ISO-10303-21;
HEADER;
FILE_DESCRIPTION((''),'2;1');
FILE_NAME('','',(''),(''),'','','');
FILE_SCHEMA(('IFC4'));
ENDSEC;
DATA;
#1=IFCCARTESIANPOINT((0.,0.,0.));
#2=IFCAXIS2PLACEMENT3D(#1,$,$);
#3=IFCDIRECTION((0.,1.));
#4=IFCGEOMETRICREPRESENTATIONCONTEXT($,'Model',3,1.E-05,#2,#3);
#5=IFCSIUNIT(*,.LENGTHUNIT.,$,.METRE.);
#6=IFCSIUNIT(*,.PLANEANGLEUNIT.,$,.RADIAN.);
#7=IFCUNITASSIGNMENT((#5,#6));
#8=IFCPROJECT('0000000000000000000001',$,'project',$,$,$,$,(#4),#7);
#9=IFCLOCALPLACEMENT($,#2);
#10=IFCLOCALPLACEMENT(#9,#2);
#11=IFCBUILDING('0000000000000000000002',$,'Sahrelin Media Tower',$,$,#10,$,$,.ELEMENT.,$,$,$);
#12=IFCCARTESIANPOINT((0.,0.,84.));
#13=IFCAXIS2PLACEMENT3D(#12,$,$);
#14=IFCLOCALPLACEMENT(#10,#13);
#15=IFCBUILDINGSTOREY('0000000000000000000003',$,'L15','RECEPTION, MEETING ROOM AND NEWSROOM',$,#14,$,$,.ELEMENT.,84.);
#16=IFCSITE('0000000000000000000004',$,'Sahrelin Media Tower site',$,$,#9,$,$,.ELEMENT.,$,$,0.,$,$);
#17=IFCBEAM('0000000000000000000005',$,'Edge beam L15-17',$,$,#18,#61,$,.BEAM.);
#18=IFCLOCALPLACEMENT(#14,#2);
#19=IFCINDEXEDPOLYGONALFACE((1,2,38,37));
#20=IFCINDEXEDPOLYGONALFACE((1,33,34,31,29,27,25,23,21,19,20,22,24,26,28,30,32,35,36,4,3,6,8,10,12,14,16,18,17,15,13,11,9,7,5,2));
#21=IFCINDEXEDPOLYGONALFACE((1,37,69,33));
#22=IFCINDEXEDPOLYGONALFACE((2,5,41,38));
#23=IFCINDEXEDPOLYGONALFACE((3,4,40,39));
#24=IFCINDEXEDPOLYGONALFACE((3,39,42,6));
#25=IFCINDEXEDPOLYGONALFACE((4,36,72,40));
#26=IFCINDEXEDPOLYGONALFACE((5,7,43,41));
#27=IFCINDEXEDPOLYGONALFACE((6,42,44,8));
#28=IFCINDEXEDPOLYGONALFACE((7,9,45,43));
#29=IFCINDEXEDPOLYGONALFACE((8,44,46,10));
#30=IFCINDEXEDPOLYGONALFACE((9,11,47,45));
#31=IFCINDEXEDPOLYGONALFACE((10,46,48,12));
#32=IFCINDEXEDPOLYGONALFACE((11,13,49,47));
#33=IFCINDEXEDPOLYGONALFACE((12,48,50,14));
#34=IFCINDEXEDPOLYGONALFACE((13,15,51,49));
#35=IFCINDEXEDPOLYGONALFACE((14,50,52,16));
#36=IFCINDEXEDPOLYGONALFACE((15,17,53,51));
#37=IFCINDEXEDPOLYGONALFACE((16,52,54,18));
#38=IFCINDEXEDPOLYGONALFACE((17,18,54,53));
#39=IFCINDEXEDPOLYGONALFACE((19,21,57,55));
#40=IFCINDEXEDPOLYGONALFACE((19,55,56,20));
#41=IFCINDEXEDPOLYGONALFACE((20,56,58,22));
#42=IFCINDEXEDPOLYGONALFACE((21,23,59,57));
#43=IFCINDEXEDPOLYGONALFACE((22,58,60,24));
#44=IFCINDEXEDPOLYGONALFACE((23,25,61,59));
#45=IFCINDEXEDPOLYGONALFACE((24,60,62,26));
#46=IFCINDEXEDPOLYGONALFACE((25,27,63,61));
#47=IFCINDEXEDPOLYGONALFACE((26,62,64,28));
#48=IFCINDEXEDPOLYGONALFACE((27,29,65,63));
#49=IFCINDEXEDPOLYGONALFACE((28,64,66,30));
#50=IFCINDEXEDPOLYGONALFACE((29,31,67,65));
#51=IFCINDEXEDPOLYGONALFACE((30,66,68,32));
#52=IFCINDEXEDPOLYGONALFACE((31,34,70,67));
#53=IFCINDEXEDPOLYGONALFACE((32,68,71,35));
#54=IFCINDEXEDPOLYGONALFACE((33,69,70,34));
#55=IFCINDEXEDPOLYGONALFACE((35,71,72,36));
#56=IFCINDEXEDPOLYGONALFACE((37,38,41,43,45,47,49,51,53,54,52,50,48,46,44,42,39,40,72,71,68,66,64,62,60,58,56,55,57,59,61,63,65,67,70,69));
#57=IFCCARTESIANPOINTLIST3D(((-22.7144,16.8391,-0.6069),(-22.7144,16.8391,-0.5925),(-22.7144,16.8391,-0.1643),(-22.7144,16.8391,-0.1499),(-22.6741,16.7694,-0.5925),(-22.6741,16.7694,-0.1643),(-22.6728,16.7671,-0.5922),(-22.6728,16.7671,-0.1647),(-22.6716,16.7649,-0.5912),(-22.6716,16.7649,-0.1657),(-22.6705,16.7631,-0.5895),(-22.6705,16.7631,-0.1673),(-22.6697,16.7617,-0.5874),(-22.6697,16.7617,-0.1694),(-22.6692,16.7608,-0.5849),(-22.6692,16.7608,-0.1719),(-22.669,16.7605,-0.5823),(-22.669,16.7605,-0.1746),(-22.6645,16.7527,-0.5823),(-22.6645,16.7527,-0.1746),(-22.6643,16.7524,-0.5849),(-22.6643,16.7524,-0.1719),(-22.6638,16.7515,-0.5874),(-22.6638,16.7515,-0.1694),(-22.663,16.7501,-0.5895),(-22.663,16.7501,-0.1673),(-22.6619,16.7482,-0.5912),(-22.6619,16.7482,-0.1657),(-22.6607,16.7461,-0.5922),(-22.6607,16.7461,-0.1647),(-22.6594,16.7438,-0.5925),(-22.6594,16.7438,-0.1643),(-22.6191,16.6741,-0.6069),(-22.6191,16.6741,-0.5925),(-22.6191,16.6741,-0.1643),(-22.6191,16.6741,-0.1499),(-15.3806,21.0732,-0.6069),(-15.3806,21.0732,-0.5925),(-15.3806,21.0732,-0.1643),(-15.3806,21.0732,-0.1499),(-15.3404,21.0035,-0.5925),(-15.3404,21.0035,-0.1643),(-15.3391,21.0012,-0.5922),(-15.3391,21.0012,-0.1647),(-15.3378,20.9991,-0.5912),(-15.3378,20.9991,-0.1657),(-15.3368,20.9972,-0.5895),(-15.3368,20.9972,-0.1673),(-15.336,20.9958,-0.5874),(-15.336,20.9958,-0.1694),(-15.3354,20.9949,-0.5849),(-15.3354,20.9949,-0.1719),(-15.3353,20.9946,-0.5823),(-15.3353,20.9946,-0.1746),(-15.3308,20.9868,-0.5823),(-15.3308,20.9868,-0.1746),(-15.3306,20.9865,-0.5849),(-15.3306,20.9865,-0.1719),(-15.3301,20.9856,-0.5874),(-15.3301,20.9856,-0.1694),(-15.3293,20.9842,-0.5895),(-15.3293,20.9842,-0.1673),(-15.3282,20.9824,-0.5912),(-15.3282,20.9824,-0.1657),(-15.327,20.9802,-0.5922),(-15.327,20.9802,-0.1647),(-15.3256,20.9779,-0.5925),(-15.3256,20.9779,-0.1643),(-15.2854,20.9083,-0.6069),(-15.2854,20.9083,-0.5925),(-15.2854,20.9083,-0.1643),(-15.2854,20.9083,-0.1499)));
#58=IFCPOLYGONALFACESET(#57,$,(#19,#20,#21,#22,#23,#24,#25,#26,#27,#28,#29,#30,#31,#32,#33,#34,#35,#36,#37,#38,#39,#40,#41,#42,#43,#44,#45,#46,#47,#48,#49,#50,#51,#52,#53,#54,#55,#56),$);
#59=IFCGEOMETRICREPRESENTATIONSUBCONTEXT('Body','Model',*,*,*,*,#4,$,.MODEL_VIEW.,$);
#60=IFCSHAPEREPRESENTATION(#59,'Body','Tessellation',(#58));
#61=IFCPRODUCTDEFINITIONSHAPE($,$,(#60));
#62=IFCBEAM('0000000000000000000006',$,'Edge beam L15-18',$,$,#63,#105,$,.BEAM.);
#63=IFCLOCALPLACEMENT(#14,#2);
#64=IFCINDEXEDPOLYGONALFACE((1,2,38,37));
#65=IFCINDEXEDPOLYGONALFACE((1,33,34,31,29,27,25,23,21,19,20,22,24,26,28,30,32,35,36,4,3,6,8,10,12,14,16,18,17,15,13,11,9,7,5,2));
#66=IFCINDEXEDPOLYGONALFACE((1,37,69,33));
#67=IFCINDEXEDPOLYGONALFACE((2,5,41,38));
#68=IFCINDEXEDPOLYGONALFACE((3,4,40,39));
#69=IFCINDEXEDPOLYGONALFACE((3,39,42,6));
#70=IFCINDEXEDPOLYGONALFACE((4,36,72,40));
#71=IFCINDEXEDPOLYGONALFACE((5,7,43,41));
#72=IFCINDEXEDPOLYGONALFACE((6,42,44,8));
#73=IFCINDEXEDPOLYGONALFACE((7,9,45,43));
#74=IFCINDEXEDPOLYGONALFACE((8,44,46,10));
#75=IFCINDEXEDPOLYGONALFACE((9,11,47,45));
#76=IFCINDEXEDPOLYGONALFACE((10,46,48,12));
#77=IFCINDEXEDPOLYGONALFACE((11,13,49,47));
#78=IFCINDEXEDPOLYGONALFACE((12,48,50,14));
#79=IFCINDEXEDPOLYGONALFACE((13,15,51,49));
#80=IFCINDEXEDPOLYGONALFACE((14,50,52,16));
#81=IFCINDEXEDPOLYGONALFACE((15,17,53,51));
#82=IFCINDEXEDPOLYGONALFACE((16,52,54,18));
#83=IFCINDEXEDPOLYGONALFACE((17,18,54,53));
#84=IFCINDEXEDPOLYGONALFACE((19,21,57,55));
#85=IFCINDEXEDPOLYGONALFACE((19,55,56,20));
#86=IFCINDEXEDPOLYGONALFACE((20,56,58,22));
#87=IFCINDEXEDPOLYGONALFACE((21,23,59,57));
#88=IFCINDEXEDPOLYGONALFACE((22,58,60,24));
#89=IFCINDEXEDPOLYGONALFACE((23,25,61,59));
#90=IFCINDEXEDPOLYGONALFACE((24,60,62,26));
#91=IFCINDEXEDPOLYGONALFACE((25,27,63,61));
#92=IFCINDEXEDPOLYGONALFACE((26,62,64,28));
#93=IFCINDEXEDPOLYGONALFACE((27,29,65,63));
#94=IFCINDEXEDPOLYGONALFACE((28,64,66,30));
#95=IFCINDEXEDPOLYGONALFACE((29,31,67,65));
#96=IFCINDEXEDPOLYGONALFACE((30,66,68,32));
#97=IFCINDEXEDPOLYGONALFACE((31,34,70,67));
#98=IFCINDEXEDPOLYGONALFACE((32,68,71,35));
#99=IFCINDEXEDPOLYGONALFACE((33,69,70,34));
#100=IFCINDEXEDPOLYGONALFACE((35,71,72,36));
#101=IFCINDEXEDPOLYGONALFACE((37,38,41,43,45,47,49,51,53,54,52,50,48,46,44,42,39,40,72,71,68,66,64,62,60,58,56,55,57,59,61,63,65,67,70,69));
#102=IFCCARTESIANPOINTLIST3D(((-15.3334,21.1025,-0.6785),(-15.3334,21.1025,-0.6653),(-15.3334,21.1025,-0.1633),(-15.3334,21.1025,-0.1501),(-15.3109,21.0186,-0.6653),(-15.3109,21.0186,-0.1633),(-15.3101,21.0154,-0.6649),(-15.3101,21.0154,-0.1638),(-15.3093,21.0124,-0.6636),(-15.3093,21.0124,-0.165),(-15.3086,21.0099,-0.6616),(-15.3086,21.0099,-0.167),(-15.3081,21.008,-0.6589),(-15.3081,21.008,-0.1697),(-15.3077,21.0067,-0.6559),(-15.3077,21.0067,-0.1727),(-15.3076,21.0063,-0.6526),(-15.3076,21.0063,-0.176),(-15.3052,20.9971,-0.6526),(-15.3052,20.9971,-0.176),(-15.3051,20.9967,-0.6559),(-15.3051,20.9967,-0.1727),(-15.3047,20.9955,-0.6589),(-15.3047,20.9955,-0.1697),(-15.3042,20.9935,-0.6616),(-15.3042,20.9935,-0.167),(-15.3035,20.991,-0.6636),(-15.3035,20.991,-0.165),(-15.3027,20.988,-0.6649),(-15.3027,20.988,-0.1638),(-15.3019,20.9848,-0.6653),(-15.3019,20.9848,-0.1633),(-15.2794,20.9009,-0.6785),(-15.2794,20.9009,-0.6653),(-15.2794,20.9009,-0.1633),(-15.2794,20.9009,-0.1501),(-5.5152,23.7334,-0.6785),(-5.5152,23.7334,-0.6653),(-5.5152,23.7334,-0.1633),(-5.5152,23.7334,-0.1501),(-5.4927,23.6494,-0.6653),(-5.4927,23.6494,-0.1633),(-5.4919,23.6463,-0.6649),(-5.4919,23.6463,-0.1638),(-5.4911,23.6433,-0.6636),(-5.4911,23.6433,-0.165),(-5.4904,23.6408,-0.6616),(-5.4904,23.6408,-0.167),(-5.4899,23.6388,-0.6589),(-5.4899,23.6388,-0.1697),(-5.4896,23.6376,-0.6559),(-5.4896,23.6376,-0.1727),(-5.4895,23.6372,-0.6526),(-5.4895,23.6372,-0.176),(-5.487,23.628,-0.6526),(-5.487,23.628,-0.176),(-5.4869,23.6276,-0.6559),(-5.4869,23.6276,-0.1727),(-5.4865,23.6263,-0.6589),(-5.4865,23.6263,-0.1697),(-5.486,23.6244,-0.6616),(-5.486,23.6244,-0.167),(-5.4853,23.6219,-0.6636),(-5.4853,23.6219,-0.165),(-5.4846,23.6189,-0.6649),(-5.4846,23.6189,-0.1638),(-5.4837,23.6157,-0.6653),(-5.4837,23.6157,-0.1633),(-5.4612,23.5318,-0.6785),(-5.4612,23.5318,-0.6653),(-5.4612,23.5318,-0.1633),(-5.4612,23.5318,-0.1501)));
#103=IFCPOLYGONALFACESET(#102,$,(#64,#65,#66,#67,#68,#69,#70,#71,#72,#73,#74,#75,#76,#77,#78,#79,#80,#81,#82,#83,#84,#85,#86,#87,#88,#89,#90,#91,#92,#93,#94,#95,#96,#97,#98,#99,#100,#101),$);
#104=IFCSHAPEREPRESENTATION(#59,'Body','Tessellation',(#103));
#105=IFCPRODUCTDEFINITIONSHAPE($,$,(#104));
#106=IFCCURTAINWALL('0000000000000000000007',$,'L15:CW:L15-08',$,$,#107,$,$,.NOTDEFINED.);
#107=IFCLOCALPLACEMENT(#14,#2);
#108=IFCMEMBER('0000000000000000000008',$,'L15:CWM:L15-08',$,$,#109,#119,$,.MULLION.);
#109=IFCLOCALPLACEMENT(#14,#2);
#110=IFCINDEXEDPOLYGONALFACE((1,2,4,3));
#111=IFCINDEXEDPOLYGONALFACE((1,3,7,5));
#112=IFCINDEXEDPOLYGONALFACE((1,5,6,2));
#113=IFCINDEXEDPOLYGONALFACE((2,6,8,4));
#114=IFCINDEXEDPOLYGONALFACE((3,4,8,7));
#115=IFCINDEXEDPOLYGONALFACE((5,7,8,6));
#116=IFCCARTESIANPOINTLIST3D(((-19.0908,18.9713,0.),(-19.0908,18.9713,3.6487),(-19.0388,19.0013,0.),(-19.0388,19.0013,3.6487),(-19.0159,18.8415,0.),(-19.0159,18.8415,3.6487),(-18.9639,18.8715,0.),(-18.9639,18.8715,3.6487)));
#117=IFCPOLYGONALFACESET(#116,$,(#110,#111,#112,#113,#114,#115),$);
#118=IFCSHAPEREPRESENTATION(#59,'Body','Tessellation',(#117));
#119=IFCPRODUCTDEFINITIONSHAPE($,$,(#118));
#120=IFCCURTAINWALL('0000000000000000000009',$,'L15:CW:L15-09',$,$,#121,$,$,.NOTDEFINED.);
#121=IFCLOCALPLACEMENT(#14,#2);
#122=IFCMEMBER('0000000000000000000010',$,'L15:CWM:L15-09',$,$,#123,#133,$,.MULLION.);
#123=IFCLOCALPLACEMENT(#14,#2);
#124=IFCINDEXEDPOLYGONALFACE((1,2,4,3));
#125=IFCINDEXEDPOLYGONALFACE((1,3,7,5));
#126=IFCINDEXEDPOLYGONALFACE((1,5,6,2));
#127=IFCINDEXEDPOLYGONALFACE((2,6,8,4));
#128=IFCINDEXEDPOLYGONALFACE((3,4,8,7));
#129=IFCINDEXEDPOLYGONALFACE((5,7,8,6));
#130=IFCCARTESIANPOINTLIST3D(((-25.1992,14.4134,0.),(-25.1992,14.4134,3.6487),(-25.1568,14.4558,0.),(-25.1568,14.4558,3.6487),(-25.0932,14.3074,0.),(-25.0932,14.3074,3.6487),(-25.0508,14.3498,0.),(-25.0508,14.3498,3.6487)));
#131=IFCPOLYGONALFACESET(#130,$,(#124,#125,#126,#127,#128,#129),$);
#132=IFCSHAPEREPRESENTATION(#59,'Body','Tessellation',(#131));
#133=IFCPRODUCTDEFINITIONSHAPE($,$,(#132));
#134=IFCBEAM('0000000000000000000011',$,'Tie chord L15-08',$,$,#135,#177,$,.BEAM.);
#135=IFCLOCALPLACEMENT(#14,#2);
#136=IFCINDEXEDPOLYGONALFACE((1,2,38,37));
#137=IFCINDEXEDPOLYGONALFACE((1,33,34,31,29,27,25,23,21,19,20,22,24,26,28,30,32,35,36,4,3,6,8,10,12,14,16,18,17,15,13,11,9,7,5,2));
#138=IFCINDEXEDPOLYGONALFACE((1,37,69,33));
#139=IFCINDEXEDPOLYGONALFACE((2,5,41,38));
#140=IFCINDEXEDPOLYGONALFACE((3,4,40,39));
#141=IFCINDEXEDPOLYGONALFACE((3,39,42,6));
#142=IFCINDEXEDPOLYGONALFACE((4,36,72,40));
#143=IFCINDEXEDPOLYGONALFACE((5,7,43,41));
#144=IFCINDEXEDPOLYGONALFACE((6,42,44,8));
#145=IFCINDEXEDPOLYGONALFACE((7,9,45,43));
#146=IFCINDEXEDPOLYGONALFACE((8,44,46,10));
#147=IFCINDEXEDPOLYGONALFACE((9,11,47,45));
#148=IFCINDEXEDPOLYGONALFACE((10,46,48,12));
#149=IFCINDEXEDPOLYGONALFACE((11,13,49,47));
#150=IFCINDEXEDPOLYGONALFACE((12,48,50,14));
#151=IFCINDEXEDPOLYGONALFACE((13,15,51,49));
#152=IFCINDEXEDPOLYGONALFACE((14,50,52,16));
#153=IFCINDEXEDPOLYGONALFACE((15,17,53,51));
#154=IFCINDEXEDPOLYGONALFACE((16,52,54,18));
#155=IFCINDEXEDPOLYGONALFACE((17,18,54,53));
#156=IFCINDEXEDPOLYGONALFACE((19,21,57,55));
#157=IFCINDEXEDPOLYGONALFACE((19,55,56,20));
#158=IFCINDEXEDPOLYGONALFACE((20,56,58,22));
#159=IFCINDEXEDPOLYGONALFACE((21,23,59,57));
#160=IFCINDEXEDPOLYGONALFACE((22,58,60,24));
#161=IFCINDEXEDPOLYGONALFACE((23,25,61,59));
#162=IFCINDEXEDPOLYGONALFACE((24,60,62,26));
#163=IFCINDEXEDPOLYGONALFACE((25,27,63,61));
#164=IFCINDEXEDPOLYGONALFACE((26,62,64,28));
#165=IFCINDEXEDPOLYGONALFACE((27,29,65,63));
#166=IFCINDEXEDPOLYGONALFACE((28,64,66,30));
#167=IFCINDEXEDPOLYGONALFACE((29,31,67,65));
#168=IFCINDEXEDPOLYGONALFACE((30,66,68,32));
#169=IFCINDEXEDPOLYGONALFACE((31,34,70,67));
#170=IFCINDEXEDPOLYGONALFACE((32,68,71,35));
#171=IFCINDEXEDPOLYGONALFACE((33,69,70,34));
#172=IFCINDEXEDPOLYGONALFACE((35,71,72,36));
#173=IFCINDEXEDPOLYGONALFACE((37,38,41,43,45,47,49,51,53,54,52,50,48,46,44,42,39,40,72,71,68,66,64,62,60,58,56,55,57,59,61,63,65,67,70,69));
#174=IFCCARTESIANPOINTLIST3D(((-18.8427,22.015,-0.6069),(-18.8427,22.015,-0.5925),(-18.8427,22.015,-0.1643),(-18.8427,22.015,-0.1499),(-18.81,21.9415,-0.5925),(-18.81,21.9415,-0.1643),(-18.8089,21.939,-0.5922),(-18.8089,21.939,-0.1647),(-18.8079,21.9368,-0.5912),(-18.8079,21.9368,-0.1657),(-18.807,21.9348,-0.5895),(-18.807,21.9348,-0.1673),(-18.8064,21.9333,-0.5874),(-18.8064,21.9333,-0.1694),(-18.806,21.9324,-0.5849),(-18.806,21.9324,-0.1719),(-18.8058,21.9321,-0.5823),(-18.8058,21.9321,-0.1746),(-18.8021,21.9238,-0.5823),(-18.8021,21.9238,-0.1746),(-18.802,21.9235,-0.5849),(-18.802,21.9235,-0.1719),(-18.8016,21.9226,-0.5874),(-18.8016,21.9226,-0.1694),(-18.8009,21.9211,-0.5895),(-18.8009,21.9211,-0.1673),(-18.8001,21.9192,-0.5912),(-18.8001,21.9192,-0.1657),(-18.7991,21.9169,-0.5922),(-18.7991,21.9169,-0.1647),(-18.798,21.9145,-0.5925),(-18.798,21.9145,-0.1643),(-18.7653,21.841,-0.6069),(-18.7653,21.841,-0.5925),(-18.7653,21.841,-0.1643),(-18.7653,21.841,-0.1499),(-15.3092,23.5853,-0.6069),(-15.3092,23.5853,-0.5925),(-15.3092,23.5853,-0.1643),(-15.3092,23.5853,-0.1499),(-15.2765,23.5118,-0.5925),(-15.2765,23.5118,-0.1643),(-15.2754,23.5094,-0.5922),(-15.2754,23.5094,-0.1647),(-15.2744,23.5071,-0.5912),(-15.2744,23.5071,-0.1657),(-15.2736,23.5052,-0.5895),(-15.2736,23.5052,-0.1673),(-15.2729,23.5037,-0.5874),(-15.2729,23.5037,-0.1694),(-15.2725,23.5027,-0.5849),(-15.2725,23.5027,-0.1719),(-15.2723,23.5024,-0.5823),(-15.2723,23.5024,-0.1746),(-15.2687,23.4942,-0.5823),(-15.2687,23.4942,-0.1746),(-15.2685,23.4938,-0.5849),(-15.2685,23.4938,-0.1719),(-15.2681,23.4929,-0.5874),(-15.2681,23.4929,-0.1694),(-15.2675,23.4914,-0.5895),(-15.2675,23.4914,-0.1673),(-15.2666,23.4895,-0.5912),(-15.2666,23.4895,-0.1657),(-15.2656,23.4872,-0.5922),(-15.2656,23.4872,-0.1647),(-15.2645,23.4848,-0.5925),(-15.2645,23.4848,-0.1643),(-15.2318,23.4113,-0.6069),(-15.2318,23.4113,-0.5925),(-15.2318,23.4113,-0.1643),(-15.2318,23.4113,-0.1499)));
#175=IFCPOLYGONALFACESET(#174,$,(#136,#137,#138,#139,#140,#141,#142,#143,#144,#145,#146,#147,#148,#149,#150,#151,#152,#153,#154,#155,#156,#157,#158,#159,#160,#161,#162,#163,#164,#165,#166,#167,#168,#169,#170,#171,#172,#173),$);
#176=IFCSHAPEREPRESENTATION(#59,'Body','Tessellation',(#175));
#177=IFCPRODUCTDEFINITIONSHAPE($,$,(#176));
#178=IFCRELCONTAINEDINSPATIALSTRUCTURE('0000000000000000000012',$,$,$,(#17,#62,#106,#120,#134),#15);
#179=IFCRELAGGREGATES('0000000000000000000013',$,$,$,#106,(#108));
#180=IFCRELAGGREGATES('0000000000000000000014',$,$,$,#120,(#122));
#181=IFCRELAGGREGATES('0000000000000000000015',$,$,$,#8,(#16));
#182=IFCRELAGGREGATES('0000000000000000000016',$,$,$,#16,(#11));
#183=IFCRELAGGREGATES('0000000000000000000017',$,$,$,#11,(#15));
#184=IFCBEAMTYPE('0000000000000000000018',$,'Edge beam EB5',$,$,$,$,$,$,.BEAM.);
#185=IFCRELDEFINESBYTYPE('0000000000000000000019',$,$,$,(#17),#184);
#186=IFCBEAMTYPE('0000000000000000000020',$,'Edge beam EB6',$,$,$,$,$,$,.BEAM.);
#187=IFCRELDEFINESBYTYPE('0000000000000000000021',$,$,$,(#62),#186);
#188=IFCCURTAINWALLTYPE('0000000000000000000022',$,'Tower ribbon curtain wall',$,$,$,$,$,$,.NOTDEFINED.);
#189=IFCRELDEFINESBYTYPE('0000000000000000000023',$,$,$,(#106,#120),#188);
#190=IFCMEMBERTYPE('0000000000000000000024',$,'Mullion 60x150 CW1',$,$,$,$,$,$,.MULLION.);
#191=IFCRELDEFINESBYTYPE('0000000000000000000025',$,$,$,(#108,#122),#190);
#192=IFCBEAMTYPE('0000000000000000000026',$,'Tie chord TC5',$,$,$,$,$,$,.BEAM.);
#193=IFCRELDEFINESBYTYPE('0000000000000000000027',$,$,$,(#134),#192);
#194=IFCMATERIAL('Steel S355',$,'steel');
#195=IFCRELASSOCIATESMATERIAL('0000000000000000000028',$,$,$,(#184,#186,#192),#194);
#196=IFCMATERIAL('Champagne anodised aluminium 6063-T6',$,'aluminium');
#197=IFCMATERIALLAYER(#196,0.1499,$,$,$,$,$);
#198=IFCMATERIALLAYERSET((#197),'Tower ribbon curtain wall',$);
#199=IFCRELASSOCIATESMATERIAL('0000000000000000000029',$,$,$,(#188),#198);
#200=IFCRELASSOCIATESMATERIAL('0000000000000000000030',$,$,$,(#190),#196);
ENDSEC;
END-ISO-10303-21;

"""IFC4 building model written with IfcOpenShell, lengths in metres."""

from ifc_helpers import new_model, si_unit, direction, frame, origin, origin_2d, place, context, subcontext, project, spatial, rectangle, i_section, extrude, material, layer, layer_set, material_profile, profile_set, type_object, element, aggregate, save


model = new_model("IFC4")

# Units and contexts
model_context = context("Model", 3, precision=1e-05, world=origin(), true_north=direction((0.0, 1.0)))
body_context = subcontext(model_context, "Body", "Model", "MODEL_VIEW")
ifc_project = project(units=[si_unit("LENGTHUNIT", "METRE"), si_unit("PLANEANGLEUNIT", "RADIAN")], contexts=[model_context])

# Site, building, storey
site_placement = place(None, origin())
site = spatial("IfcSite", under=ifc_project, at=site_placement, Name="Sahrelin Media Tower site", CompositionType="ELEMENT", RefElevation=0.0)
building_placement = place(site_placement, origin())
building = spatial("IfcBuilding", under=site, at=building_placement, Name="Sahrelin Media Tower", CompositionType="ELEMENT")
storey_placement = place(building_placement, frame((0.0, 0.0, 84.0)))
storey = spatial("IfcBuildingStorey", under=building, at=storey_placement, Name="L15", Description="RECEPTION, MEETING ROOM AND NEWSROOM", CompositionType="ELEMENT", Elevation=84.0)

# Beams
ifc_material_1 = material(Name="Steel S355", Category="steel")
ifc_material_profile_1 = material_profile(ifc_material_1, i_section(OverallWidth=0.1904, OverallDepth=0.457, WebThickness=0.009, FlangeThickness=0.0144, FilletRadius=0.0103, at=origin_2d()), Name="UB 457x191x74")
ifc_profile_set_1 = profile_set([ifc_material_profile_1], Name="Steel S355")
beam_type_1 = type_object("IfcBeamType", Name="Edge beam EB5", PredefinedType="BEAM", material=ifc_profile_set_1)
beam_1_placement = place(storey_placement, frame((-22.6667, 16.7566, -0.3784), z_axis=(0.866026, 0.499999, 0.0), x_axis=(-0.499999, 0.866026, 0.0)))
element("IfcBeam", 1, at=beam_1_placement, inside=storey, type_object=beam_type_1, Name="Edge beam L15-17", PredefinedType="BEAM", context=body_context, shape_type="SweptSolid", body=[
    extrude(i_section(OverallWidth=0.1904, OverallDepth=0.457, WebThickness=0.009, FlangeThickness=0.0144, FilletRadius=0.0103, at=origin_2d()), origin(), (0.0, 0.0, 1.0), 8.4683),
])
ifc_material_profile_2 = material_profile(ifc_material_1, i_section(OverallWidth=0.2087, OverallDepth=0.5283, WebThickness=0.0095, FlangeThickness=0.0132, FilletRadius=0.0127, at=origin_2d()), Name="UB 533x210x82")
ifc_profile_set_2 = profile_set([ifc_material_profile_2], Name="Steel S355")
beam_type_2 = type_object("IfcBeamType", Name="Edge beam EB6", PredefinedType="BEAM", material=ifc_profile_set_2)
beam_2_placement = place(storey_placement, frame((-15.3064, 21.0017, -0.4143), z_axis=(0.965923, 0.258829, 0.0), x_axis=(-0.258829, 0.965923, 0.0)))
element("IfcBeam", 2, at=beam_2_placement, inside=storey, type_object=beam_type_2, Name="Edge beam L15-18", PredefinedType="BEAM", context=body_context, shape_type="SweptSolid", body=[
    extrude(i_section(OverallWidth=0.2087, OverallDepth=0.5283, WebThickness=0.0095, FlangeThickness=0.0132, FilletRadius=0.0127, at=origin_2d()), origin(), (0.0, 0.0, 1.0), 10.1646),
])

# Curtain walls, members
ifc_material_2 = material(Name="Champagne anodised aluminium 6063-T6", Category="aluminium")
ifc_layer_1 = layer(ifc_material_2, 0.1499)
ifc_layer_set_1 = layer_set([ifc_layer_1], Name="Tower ribbon curtain wall")
curtain_wall_type = type_object("IfcCurtainWallType", Name="Tower ribbon curtain wall", PredefinedType="NOTDEFINED", material=ifc_layer_set_1)
curtain_wall_1_placement = place(storey_placement, frame((-19.075, 19.0037, 0.0), z_axis=(0.0, 0.0, 1.0), x_axis=(1.0, 0.0, 0.0)))
curtain_wall_1 = element("IfcCurtainWall", 3, at=curtain_wall_1_placement, inside=storey, type_object=curtain_wall_type, Name="L15:CW:L15-08", PredefinedType="NOTDEFINED")
ifc_material_profile_3 = material_profile(ifc_material_2, rectangle(XDim=0.0601, YDim=0.1499, at=origin_2d()), Name="Mullion 60x150")
ifc_profile_set_3 = profile_set([ifc_material_profile_3], Name="Champagne anodised aluminium 6063-T6")
member_type_1 = type_object("IfcMemberType", Name="Mullion 60x150 CW1", PredefinedType="MULLION", material=ifc_profile_set_3)
member_1_placement = place(storey_placement, frame((-19.0273, 18.9214, 0.0), z_axis=(0.0, 0.0, 1.0), x_axis=(-0.866023, -0.500005, 0.0)))
member_1 = element("IfcMember", 4, at=member_1_placement, type_object=member_type_1, Name="L15:CWM:L15-08", PredefinedType="MULLION", context=body_context, shape_type="SweptSolid", body=[
    extrude(rectangle(XDim=0.0601, YDim=0.1499, at=origin_2d()), origin(), (0.0, 0.0, 1.0), 3.6487),
])
curtain_wall_2_placement = place(storey_placement, frame((-25.1921, 14.4487, 0.0), z_axis=(0.0, 0.0, 1.0), x_axis=(1.0, 0.0, 0.0)))
curtain_wall_2 = element("IfcCurtainWall", 5, at=curtain_wall_2_placement, inside=storey, type_object=curtain_wall_type, Name="L15:CW:L15-09", PredefinedType="NOTDEFINED")
member_2_placement = place(storey_placement, frame((-25.125, 14.3816, 0.0), z_axis=(0.0, 0.0, 1.0), x_axis=(-0.707114, -0.707099, 0.0)))
member_2 = element("IfcMember", 6, at=member_2_placement, type_object=member_type_1, Name="L15:CWM:L15-09", PredefinedType="MULLION", context=body_context, shape_type="SweptSolid", body=[
    extrude(rectangle(XDim=0.0601, YDim=0.1499, at=origin_2d()), origin(), (0.0, 0.0, 1.0), 3.6487),
])

# Beam
ifc_material_profile_4 = material_profile(ifc_material_1, i_section(OverallWidth=0.1904, OverallDepth=0.457, WebThickness=0.009, FlangeThickness=0.0144, FilletRadius=0.0103, at=origin_2d()), Name="UB 457x191x74")
ifc_profile_set_4 = profile_set([ifc_material_profile_4], Name="Steel S355")
beam_type_3 = type_object("IfcBeamType", Name="Tie chord TC5", PredefinedType="BEAM", material=ifc_profile_set_4)
beam_3_placement = place(storey_placement, frame((-15.2705, 23.4983, -0.3784), z_axis=(-0.913822, -0.406115, 0.0), x_axis=(0.406115, -0.913822, 0.0)))
element("IfcBeam", 7, at=beam_3_placement, inside=storey, type_object=beam_type_3, Name="Tie chord L15-08", PredefinedType="BEAM", context=body_context, shape_type="SweptSolid", body=[
    extrude(i_section(OverallWidth=0.1904, OverallDepth=0.457, WebThickness=0.009, FlangeThickness=0.0144, FilletRadius=0.0103, at=origin_2d()), origin(), (0.0, 0.0, 1.0), 3.8667),
])

aggregate(curtain_wall_1, [member_1])
aggregate(curtain_wall_2, [member_2])

save(model, "model.ifc")
